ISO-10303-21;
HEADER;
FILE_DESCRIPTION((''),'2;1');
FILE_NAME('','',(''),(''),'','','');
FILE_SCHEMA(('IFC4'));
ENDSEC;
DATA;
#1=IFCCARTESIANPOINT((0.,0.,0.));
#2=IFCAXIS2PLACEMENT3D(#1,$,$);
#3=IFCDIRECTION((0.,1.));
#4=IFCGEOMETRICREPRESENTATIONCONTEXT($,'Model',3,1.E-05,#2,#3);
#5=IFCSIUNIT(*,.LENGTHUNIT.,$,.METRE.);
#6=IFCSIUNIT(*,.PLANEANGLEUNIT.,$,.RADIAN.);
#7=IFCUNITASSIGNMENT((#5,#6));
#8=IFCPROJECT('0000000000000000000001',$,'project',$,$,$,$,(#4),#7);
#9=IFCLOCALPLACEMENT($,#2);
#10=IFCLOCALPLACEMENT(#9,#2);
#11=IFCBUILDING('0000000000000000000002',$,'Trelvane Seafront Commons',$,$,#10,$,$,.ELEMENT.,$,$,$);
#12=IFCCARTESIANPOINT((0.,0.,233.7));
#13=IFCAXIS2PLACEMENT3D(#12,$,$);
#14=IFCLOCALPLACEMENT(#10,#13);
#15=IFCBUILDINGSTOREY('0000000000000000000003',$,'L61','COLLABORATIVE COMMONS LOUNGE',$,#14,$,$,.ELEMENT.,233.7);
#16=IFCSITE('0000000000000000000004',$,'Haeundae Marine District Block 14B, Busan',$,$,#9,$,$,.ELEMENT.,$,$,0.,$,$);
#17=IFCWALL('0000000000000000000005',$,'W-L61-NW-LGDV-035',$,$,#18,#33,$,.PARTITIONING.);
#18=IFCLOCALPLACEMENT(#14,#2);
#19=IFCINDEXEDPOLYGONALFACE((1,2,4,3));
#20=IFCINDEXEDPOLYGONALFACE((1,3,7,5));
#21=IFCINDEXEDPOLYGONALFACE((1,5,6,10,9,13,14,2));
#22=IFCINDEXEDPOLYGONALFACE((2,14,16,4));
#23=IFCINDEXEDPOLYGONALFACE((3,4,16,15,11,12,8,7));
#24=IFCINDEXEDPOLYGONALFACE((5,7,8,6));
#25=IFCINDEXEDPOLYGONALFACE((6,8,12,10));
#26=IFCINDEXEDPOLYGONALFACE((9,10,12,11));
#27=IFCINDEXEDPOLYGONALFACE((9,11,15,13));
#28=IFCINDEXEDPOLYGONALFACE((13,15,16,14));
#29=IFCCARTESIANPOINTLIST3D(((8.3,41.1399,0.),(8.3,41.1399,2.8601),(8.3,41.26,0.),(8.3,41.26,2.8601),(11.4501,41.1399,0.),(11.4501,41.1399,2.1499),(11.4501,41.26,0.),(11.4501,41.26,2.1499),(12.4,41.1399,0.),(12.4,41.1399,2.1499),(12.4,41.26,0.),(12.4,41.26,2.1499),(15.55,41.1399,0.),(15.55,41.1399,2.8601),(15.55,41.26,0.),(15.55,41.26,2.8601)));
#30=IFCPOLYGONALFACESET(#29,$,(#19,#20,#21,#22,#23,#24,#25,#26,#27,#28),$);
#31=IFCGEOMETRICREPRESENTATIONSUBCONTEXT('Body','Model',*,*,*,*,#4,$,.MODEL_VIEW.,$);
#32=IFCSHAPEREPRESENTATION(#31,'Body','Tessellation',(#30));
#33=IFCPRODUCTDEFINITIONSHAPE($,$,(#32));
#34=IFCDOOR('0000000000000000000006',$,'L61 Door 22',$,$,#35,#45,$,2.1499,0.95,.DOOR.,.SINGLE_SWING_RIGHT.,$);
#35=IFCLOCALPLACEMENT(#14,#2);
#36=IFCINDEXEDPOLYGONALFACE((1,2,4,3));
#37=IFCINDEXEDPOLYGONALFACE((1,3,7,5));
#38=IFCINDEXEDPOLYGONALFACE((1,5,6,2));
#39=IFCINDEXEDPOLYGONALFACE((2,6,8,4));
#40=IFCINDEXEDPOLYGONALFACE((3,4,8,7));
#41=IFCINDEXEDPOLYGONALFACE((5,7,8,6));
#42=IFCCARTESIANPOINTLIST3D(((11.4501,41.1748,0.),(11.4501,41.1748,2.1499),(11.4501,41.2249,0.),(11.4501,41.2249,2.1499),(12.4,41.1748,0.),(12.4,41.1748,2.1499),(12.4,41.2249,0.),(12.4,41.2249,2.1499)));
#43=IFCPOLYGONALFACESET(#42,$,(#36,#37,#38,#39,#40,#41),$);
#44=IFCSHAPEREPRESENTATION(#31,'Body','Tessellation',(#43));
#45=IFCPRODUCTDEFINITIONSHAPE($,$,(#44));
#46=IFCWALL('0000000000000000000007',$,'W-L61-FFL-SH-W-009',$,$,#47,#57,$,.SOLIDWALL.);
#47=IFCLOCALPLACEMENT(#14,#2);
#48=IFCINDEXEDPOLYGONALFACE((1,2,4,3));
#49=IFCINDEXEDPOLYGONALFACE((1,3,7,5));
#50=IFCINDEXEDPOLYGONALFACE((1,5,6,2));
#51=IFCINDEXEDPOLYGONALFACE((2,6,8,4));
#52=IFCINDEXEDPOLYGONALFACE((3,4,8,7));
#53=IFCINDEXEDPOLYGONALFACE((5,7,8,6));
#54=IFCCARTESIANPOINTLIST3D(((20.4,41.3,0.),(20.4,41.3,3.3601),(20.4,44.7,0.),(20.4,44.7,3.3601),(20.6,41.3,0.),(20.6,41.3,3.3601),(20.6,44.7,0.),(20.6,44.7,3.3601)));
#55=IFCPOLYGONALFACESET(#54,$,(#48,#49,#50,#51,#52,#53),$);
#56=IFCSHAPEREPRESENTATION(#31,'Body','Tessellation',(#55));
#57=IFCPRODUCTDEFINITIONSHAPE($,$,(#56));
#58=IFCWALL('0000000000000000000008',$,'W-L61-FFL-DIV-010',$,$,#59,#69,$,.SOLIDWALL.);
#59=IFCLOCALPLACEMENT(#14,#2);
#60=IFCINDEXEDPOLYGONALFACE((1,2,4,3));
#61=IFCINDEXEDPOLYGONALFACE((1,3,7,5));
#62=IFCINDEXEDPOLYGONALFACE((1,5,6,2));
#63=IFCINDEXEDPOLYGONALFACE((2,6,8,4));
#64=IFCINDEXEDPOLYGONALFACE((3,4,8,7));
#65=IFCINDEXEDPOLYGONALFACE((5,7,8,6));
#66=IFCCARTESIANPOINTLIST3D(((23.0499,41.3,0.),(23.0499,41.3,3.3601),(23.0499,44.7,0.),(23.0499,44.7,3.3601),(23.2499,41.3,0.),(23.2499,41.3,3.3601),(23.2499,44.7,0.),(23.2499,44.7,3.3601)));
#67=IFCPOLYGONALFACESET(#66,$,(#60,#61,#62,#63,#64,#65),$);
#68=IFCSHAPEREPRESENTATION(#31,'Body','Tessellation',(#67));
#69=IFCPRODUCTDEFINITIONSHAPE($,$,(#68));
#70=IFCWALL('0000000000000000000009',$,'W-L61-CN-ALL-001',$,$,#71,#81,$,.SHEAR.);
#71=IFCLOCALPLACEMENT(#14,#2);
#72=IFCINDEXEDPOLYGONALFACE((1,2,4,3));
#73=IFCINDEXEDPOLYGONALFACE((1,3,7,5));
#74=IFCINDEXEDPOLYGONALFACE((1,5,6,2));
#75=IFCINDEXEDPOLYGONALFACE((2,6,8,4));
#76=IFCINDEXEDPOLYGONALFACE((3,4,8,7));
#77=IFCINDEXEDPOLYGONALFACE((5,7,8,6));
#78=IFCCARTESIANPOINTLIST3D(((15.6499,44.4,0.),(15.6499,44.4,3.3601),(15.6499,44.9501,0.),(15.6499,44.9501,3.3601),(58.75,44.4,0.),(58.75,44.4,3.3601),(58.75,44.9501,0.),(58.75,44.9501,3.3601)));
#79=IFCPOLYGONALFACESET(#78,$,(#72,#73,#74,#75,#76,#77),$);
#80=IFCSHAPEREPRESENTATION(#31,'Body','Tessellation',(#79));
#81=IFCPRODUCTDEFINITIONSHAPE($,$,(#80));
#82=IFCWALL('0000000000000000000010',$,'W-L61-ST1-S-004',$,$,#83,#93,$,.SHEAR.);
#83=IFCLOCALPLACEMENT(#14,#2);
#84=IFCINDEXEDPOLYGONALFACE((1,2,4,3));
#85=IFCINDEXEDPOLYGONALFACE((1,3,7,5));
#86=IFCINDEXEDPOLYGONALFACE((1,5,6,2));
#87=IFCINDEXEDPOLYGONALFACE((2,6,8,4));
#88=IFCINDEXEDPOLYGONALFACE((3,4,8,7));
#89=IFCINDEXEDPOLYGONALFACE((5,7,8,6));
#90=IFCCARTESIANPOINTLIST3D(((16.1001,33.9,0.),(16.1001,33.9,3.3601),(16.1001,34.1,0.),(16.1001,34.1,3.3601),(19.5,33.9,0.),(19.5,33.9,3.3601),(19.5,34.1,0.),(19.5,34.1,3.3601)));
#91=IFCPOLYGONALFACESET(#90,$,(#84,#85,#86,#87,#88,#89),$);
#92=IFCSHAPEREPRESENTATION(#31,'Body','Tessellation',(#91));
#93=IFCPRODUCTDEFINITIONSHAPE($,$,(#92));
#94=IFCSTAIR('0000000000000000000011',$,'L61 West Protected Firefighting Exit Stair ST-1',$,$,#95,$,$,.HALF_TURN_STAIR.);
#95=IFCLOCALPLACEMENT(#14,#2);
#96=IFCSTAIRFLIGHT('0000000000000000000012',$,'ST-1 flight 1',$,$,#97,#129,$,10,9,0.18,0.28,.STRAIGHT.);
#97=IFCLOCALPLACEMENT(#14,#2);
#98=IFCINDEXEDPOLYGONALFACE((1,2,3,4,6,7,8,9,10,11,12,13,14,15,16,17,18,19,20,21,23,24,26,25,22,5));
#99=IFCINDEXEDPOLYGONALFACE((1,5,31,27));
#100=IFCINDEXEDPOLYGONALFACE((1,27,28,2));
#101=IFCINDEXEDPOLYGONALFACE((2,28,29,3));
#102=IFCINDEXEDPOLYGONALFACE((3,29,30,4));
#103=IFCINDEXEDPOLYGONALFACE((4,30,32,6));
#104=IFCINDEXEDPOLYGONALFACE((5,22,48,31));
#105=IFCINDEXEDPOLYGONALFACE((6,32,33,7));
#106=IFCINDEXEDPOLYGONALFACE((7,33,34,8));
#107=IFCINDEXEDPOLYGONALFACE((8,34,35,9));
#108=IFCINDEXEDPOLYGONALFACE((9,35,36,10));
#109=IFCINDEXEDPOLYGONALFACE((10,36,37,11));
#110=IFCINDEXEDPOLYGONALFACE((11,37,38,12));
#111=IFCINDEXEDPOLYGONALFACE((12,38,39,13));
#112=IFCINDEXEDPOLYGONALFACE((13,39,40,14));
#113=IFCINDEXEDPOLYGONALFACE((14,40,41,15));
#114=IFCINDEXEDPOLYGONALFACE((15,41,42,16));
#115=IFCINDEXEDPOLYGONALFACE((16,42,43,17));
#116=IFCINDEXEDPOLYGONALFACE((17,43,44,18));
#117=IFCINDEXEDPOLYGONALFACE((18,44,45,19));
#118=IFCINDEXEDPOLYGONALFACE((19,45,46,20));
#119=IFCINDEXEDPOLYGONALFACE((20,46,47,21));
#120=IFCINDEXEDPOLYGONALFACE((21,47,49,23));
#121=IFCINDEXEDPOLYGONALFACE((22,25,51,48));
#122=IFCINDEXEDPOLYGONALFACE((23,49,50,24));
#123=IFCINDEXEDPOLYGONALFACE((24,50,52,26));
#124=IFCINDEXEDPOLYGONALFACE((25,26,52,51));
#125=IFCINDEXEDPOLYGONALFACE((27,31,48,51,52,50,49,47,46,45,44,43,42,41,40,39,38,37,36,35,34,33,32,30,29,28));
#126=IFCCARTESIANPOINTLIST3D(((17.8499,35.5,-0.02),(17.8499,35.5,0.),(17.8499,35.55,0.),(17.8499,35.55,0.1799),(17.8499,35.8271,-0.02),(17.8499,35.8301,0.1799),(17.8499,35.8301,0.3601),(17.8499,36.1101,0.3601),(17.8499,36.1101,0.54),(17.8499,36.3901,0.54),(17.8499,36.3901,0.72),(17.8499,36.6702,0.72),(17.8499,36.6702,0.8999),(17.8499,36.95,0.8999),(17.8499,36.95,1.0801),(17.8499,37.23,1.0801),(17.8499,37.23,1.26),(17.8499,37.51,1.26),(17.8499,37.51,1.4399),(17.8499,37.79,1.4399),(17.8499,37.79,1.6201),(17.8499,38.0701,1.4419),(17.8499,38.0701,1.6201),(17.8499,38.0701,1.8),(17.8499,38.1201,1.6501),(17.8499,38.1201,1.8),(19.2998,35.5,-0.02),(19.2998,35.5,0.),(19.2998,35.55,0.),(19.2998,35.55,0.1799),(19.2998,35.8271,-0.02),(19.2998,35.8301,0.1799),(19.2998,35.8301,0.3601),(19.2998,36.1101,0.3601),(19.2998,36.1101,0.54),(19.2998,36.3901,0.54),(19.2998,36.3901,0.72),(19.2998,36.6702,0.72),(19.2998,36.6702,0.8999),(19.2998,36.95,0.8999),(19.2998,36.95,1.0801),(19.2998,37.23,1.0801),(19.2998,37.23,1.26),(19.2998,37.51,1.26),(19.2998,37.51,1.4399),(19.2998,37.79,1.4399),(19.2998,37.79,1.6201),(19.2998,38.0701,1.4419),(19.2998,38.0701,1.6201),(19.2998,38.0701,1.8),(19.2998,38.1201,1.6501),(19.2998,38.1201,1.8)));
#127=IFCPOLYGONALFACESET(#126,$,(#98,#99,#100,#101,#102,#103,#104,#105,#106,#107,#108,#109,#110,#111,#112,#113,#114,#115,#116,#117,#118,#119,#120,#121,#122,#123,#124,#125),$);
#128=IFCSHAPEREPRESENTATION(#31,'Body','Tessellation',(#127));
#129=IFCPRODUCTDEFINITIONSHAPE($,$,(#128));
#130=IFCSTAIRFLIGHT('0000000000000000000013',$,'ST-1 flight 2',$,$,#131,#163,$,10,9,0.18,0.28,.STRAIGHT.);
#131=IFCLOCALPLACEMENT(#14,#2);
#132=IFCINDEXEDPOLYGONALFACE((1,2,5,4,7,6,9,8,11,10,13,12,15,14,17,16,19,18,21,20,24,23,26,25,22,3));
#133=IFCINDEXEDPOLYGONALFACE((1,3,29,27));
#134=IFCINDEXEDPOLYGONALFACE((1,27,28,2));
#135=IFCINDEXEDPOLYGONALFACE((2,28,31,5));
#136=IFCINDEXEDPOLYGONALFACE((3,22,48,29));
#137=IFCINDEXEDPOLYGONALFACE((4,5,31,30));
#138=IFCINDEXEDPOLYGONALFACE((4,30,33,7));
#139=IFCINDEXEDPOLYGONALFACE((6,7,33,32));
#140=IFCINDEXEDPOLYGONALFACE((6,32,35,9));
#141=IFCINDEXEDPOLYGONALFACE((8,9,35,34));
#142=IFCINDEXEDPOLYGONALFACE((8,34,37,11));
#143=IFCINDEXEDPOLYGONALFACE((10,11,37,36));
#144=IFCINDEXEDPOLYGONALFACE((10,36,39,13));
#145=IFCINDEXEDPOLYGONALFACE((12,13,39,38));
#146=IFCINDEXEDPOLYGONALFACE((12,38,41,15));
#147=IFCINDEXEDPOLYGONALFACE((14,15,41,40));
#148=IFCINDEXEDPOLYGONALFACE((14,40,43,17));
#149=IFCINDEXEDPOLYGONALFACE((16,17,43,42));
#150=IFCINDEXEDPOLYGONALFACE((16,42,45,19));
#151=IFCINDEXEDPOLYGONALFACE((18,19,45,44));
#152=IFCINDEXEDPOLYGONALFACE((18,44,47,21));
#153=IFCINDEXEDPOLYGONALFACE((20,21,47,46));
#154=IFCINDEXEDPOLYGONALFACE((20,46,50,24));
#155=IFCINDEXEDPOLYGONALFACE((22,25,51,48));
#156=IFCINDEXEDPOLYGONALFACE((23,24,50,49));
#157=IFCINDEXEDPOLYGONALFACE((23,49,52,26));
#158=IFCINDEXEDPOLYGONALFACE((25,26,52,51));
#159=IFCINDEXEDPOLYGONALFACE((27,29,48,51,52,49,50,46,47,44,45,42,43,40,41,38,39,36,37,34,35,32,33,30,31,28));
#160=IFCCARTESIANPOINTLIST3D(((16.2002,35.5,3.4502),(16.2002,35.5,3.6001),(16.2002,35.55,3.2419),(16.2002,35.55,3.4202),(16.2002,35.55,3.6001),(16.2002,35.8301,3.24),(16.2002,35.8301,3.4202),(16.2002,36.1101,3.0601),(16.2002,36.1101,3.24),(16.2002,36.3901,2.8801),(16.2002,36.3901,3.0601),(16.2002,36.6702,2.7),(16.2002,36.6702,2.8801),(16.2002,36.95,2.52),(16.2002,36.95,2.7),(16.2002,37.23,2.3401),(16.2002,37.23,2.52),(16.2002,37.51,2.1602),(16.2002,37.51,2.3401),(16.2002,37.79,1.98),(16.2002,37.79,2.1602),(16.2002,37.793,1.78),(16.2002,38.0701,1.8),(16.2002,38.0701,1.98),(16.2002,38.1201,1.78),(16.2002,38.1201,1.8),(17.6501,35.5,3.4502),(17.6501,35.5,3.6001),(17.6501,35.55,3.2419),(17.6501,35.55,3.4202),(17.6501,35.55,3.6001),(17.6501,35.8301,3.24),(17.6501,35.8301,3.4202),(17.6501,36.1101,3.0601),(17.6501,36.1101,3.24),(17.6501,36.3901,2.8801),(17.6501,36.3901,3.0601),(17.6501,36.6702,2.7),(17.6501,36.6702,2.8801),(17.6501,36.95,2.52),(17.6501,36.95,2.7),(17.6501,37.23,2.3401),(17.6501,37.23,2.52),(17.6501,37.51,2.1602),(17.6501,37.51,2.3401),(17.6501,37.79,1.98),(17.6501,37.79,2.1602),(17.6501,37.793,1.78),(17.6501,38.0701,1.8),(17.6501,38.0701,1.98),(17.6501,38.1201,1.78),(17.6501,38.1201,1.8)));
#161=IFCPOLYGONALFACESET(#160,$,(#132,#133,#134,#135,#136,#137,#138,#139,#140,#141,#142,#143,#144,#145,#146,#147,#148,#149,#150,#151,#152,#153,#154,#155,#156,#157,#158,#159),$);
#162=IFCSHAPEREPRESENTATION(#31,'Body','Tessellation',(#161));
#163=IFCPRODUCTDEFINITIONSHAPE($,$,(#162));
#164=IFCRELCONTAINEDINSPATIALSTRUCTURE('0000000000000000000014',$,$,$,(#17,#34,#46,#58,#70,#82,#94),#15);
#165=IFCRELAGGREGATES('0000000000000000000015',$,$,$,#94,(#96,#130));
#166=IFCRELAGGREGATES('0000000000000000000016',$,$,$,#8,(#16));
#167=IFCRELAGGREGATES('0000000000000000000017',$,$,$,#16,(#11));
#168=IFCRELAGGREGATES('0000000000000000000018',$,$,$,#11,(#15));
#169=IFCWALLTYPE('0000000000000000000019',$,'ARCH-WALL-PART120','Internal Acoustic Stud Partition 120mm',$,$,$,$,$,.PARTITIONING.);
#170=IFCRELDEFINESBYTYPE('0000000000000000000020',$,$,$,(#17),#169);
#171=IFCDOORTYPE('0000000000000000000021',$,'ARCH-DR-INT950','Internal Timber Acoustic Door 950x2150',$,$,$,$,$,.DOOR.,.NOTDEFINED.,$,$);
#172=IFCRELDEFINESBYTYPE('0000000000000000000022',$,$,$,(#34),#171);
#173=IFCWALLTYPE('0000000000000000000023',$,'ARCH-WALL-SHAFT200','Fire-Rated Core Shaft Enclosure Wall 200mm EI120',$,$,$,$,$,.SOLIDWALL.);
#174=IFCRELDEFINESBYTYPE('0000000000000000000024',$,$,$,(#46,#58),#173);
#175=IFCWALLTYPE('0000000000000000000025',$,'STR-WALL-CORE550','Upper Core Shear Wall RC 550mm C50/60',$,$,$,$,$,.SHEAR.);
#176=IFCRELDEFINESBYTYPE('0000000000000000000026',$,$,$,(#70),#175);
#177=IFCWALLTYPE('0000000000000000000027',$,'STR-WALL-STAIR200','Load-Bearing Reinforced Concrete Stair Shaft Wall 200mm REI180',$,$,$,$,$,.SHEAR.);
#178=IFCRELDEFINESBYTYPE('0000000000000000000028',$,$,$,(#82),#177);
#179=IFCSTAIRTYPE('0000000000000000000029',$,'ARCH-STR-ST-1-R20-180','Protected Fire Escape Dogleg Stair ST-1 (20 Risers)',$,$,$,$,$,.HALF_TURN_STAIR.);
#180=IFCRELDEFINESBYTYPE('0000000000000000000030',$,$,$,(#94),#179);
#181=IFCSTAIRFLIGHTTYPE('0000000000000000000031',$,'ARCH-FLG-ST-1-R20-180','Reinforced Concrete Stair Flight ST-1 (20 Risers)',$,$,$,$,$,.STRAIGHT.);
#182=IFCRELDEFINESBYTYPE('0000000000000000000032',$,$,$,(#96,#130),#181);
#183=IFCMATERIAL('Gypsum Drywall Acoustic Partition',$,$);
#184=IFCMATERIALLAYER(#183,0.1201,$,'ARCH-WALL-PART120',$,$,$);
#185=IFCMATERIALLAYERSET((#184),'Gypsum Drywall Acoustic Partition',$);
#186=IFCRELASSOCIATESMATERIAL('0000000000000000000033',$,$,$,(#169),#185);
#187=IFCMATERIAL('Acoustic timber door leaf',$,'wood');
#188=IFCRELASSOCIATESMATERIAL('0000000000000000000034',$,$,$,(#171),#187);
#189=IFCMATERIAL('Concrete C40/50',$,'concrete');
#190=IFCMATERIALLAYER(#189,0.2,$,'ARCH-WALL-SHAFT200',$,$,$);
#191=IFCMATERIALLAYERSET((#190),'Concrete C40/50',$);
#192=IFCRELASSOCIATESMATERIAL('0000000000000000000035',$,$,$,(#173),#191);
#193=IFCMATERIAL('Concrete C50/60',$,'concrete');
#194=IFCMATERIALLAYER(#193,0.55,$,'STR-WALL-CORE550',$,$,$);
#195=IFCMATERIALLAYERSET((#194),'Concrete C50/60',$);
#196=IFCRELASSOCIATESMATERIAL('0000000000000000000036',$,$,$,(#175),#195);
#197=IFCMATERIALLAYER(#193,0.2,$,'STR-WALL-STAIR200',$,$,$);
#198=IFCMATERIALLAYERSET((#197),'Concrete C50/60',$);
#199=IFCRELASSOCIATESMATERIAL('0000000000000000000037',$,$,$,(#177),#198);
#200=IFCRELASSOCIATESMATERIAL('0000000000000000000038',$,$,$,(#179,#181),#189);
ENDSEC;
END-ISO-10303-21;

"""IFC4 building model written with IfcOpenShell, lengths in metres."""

from ifc_helpers import new_model, si_unit, direction, frame, frame_2d, origin, place, context, subcontext, project, spatial, polyline, rectangle, outline, extrude, source, transform, mapped, material, layer, layer_set, type_object, element, fill, aggregate, save


model = new_model("IFC4")

# Units and contexts
model_context = context("Model", 3, precision=1e-05, world=origin(), true_north=direction((0.0, 1.0)))
body_context = subcontext(model_context, "Body", "Model", "MODEL_VIEW")
ifc_project = project(units=[si_unit("LENGTHUNIT", "METRE"), si_unit("PLANEANGLEUNIT", "RADIAN")], contexts=[model_context])

# Site, building, storey
site_placement = place(None, origin())
site = spatial("IfcSite", under=ifc_project, at=site_placement, Name="Haeundae Marine District Block 14B, Busan", CompositionType="ELEMENT", RefElevation=0.0)
building_placement = place(site_placement, origin())
building = spatial("IfcBuilding", under=site, at=building_placement, Name="Trelvane Seafront Commons", CompositionType="ELEMENT")
storey_placement = place(building_placement, frame((0.0, 0.0, 233.7)))
storey = spatial("IfcBuildingStorey", under=building, at=storey_placement, Name="L61", Description="COLLABORATIVE COMMONS LOUNGE", CompositionType="ELEMENT", Elevation=233.7)

# Shared definitions
ifc_material_1 = material(Name="Concrete C50/60", Category="concrete")

# Wall, opening, door
ifc_material_2 = material(Name="Gypsum Drywall Acoustic Partition")
ifc_layer_1 = layer(ifc_material_2, 0.1201, Name="ARCH-WALL-PART120")
ifc_layer_set_1 = layer_set([ifc_layer_1], Name="Gypsum Drywall Acoustic Partition")
wall_type_1 = type_object("IfcWallType", Name="ARCH-WALL-PART120", Description="Internal Acoustic Stud Partition 120mm", PredefinedType="PARTITIONING", material=ifc_layer_set_1)
wall_1_placement = place(storey_placement, frame((8.3, 41.2, 0.0), z_axis=(0.0, 0.0, 1.0), x_axis=(1.0, 0.0, 0.0)))
wall_1 = element("IfcWall", 1, at=wall_1_placement, inside=storey, type_object=wall_type_1, Name="W-L61-NW-LGDV-035", PredefinedType="PARTITIONING", context=body_context, shape_type="SweptSolid", body=[
    extrude(rectangle(XDim=7.25, YDim=0.1201, at=frame_2d((3.625, 0.0))), origin(), (0.0, 0.0, 1.0), 2.8601),
])
opening_1_placement = place(wall_1_placement, frame((3.1499, 0.0, 0.0)))
opening_1 = element("IfcOpeningElement", 2, at=opening_1_placement, cuts=wall_1, PredefinedType="OPENING", context=body_context, shape_type="SweptSolid", body=[
    extrude(rectangle(XDim=0.95, YDim=2.1499, at=frame_2d((0.4751, 1.075))), frame((0.0, 0.0701, 0.0), z_axis=(0.0, -1.0, 0.0), x_axis=(1.0, 0.0, 0.0)), (0.0, 0.0, 1.0), 0.1401),
])
ifc_material_3 = material(Name="Acoustic timber door leaf", Category="wood")
door_type_1 = type_object("IfcDoorType", Name="ARCH-DR-INT950", Description="Internal Timber Acoustic Door 950x2150", OperationType="NOTDEFINED", PredefinedType="DOOR", material=ifc_material_3)
shared_shape_1 = source(origin(), body_context, "Body", "SweptSolid", [
    extrude(rectangle(XDim=0.95, YDim=2.1499, at=frame_2d((0.4751, 1.075))), frame((0.0, 0.0249, 0.0), z_axis=(0.0, -1.0, 0.0), x_axis=(1.0, 0.0, 0.0)), (0.0, 0.0, 1.0), 0.05),
])
door_1_placement = place(opening_1_placement, origin())
door_1 = element("IfcDoor", 3, at=door_1_placement, inside=storey, type_object=door_type_1, Name="L61 Door 22", OperationType="SINGLE_SWING_RIGHT", OverallHeight=2.1499, OverallWidth=0.95, PredefinedType="DOOR", context=body_context, shape_type="MappedRepresentation", body=[
    mapped(shared_shape_1, transform((0.0, 0.0, 0.0), x_axis=(1.0, 0.0, 0.0), y_axis=(0.0, 1.0, 0.0), z_axis=(0.0, 0.0, 1.0), scale=1.0)),
])
fill(opening_1, door_1)

# Shared definitions
ifc_material_4 = material(Name="Concrete C40/50", Category="concrete")
ifc_layer_2 = layer(ifc_material_4, 0.2, Name="ARCH-WALL-SHAFT200")
ifc_layer_set_2 = layer_set([ifc_layer_2], Name="Concrete C40/50")
wall_type_2 = type_object("IfcWallType", Name="ARCH-WALL-SHAFT200", Description="Fire-Rated Core Shaft Enclosure Wall 200mm EI120", PredefinedType="SOLIDWALL", material=ifc_layer_set_2)

# Walls
for number, where, z_axis, x_axis, name in (
    (4, (20.5, 41.3, 0.0), (0.0, 0.0, 1.0), (0.0, 1.0, 0.0), "W-L61-FFL-SH-W-009"),
    (5, (23.1499, 41.3, 0.0), (0.0, 0.0, 1.0), (0.0, 1.0, 0.0), "W-L61-FFL-DIV-010"),
):
    element("IfcWall", number, at=place(storey_placement, frame(where, z_axis=z_axis, x_axis=x_axis)), inside=storey, type_object=wall_type_2, Name=name, PredefinedType="SOLIDWALL", context=body_context, shape_type="SweptSolid", body=[
        extrude(rectangle(XDim=3.3999, YDim=0.2, at=frame_2d((1.7, 0.0))), origin(), (0.0, 0.0, 1.0), 3.3601),
    ])
ifc_layer_3 = layer(ifc_material_1, 0.55, Name="STR-WALL-CORE550")
ifc_layer_set_3 = layer_set([ifc_layer_3], Name="Concrete C50/60")
wall_type_3 = type_object("IfcWallType", Name="STR-WALL-CORE550", Description="Upper Core Shear Wall RC 550mm C50/60", PredefinedType="SHEAR", material=ifc_layer_set_3)
wall_2_placement = place(storey_placement, frame((15.6499, 44.675, 0.0), z_axis=(0.0, 0.0, 1.0), x_axis=(1.0, 0.0, 0.0)))
element("IfcWall", 6, at=wall_2_placement, inside=storey, type_object=wall_type_3, Name="W-L61-CN-ALL-001", PredefinedType="SHEAR", context=body_context, shape_type="SweptSolid", body=[
    extrude(rectangle(XDim=43.1001, YDim=0.55, at=frame_2d((21.55, 0.0))), origin(), (0.0, 0.0, 1.0), 3.3601),
])
ifc_layer_4 = layer(ifc_material_1, 0.2, Name="STR-WALL-STAIR200")
ifc_layer_set_4 = layer_set([ifc_layer_4], Name="Concrete C50/60")
wall_type_4 = type_object("IfcWallType", Name="STR-WALL-STAIR200", Description="Load-Bearing Reinforced Concrete Stair Shaft Wall 200mm REI180", PredefinedType="SHEAR", material=ifc_layer_set_4)
wall_3_placement = place(storey_placement, frame((16.1001, 34.0, 0.0), z_axis=(0.0, 0.0, 1.0), x_axis=(1.0, 0.0, 0.0)))
element("IfcWall", 7, at=wall_3_placement, inside=storey, type_object=wall_type_4, Name="W-L61-ST1-S-004", PredefinedType="SHEAR", context=body_context, shape_type="SweptSolid", body=[
    extrude(rectangle(XDim=3.3999, YDim=0.2, at=frame_2d((1.7, 0.0))), origin(), (0.0, 0.0, 1.0), 3.3601),
])

# Stair, stair flights
stair_type = type_object("IfcStairType", Name="ARCH-STR-ST-1-R20-180", Description="Protected Fire Escape Dogleg Stair ST-1 (20 Risers)", PredefinedType="HALF_TURN_STAIR", material=ifc_material_4)
stair_placement = place(storey_placement, origin())
stair = element("IfcStair", 8, at=stair_placement, inside=storey, type_object=stair_type, Name="L61 West Protected Firefighting Exit Stair ST-1", PredefinedType="HALF_TURN_STAIR")
stair_flight_type = type_object("IfcStairFlightType", Name="ARCH-FLG-ST-1-R20-180", Description="Reinforced Concrete Stair Flight ST-1 (20 Risers)", PredefinedType="STRAIGHT", material=ifc_material_4)
shared_shape_2 = source(origin(), body_context, "Body", "SweptSolid", [
    extrude(outline(polyline([(-0.05, -0.02), (-0.05, 0.0), (0.0, 0.0), (0.0, 0.1799), (0.28, 0.1799), (0.28, 0.3601), (0.5601, 0.3601), (0.5601, 0.54), (0.8401, 0.54), (0.8401, 0.72), (1.1201, 0.72), (1.1201, 0.8999), (1.3999, 0.8999), (1.3999, 1.0801), (1.6799, 1.0801), (1.6799, 1.26), (1.96, 1.26), (1.96, 1.4399), (2.24, 1.4399), (2.24, 1.6201), (2.52, 1.6201), (2.52, 1.8), (2.5701, 1.8), (2.5701, 1.6501), (2.52, 1.4419), (0.2771, -0.02), (-0.05, -0.02)])), frame((0.0, 0.7251, 0.0), z_axis=(0.0, -1.0, 0.0), x_axis=(1.0, 0.0, 0.0)), (0.0, 0.0, 1.0), 1.45),
])
stair_flight_1_placement = place(storey_placement, frame((18.575, 35.55, 0.0), z_axis=(0.0, 0.0, 1.0), x_axis=(0.0, 1.0, 0.0)))
stair_flight_1 = element("IfcStairFlight", 9, at=stair_flight_1_placement, type_object=stair_flight_type, Name="ST-1 flight 1", NumberOfRisers=10, NumberOfTreads=9, PredefinedType="STRAIGHT", RiserHeight=0.18, TreadLength=0.28, context=body_context, shape_type="MappedRepresentation", body=[
    mapped(shared_shape_2, transform((0.0, 0.0, 0.0), x_axis=(1.0, 0.0, 0.0), y_axis=(0.0, 1.0, 0.0), z_axis=(0.0, 0.0, 1.0), scale=1.0)),
])
stair_flight_2_placement = place(storey_placement, frame((16.925, 38.0701, 1.8), z_axis=(0.0, 0.0, 1.0), x_axis=(0.0, -1.0, 0.0)))
stair_flight_2 = element("IfcStairFlight", 10, at=stair_flight_2_placement, type_object=stair_flight_type, Name="ST-1 flight 2", NumberOfRisers=10, NumberOfTreads=9, PredefinedType="STRAIGHT", RiserHeight=0.18, TreadLength=0.28, context=body_context, shape_type="MappedRepresentation", body=[
    mapped(shared_shape_2, transform((0.0, 0.0, 0.0), x_axis=(1.0, 0.0, 0.0), y_axis=(0.0, 1.0, 0.0), z_axis=(0.0, 0.0, 1.0), scale=1.0)),
])
aggregate(stair, [stair_flight_1, stair_flight_2])

save(model, "model.ifc")
